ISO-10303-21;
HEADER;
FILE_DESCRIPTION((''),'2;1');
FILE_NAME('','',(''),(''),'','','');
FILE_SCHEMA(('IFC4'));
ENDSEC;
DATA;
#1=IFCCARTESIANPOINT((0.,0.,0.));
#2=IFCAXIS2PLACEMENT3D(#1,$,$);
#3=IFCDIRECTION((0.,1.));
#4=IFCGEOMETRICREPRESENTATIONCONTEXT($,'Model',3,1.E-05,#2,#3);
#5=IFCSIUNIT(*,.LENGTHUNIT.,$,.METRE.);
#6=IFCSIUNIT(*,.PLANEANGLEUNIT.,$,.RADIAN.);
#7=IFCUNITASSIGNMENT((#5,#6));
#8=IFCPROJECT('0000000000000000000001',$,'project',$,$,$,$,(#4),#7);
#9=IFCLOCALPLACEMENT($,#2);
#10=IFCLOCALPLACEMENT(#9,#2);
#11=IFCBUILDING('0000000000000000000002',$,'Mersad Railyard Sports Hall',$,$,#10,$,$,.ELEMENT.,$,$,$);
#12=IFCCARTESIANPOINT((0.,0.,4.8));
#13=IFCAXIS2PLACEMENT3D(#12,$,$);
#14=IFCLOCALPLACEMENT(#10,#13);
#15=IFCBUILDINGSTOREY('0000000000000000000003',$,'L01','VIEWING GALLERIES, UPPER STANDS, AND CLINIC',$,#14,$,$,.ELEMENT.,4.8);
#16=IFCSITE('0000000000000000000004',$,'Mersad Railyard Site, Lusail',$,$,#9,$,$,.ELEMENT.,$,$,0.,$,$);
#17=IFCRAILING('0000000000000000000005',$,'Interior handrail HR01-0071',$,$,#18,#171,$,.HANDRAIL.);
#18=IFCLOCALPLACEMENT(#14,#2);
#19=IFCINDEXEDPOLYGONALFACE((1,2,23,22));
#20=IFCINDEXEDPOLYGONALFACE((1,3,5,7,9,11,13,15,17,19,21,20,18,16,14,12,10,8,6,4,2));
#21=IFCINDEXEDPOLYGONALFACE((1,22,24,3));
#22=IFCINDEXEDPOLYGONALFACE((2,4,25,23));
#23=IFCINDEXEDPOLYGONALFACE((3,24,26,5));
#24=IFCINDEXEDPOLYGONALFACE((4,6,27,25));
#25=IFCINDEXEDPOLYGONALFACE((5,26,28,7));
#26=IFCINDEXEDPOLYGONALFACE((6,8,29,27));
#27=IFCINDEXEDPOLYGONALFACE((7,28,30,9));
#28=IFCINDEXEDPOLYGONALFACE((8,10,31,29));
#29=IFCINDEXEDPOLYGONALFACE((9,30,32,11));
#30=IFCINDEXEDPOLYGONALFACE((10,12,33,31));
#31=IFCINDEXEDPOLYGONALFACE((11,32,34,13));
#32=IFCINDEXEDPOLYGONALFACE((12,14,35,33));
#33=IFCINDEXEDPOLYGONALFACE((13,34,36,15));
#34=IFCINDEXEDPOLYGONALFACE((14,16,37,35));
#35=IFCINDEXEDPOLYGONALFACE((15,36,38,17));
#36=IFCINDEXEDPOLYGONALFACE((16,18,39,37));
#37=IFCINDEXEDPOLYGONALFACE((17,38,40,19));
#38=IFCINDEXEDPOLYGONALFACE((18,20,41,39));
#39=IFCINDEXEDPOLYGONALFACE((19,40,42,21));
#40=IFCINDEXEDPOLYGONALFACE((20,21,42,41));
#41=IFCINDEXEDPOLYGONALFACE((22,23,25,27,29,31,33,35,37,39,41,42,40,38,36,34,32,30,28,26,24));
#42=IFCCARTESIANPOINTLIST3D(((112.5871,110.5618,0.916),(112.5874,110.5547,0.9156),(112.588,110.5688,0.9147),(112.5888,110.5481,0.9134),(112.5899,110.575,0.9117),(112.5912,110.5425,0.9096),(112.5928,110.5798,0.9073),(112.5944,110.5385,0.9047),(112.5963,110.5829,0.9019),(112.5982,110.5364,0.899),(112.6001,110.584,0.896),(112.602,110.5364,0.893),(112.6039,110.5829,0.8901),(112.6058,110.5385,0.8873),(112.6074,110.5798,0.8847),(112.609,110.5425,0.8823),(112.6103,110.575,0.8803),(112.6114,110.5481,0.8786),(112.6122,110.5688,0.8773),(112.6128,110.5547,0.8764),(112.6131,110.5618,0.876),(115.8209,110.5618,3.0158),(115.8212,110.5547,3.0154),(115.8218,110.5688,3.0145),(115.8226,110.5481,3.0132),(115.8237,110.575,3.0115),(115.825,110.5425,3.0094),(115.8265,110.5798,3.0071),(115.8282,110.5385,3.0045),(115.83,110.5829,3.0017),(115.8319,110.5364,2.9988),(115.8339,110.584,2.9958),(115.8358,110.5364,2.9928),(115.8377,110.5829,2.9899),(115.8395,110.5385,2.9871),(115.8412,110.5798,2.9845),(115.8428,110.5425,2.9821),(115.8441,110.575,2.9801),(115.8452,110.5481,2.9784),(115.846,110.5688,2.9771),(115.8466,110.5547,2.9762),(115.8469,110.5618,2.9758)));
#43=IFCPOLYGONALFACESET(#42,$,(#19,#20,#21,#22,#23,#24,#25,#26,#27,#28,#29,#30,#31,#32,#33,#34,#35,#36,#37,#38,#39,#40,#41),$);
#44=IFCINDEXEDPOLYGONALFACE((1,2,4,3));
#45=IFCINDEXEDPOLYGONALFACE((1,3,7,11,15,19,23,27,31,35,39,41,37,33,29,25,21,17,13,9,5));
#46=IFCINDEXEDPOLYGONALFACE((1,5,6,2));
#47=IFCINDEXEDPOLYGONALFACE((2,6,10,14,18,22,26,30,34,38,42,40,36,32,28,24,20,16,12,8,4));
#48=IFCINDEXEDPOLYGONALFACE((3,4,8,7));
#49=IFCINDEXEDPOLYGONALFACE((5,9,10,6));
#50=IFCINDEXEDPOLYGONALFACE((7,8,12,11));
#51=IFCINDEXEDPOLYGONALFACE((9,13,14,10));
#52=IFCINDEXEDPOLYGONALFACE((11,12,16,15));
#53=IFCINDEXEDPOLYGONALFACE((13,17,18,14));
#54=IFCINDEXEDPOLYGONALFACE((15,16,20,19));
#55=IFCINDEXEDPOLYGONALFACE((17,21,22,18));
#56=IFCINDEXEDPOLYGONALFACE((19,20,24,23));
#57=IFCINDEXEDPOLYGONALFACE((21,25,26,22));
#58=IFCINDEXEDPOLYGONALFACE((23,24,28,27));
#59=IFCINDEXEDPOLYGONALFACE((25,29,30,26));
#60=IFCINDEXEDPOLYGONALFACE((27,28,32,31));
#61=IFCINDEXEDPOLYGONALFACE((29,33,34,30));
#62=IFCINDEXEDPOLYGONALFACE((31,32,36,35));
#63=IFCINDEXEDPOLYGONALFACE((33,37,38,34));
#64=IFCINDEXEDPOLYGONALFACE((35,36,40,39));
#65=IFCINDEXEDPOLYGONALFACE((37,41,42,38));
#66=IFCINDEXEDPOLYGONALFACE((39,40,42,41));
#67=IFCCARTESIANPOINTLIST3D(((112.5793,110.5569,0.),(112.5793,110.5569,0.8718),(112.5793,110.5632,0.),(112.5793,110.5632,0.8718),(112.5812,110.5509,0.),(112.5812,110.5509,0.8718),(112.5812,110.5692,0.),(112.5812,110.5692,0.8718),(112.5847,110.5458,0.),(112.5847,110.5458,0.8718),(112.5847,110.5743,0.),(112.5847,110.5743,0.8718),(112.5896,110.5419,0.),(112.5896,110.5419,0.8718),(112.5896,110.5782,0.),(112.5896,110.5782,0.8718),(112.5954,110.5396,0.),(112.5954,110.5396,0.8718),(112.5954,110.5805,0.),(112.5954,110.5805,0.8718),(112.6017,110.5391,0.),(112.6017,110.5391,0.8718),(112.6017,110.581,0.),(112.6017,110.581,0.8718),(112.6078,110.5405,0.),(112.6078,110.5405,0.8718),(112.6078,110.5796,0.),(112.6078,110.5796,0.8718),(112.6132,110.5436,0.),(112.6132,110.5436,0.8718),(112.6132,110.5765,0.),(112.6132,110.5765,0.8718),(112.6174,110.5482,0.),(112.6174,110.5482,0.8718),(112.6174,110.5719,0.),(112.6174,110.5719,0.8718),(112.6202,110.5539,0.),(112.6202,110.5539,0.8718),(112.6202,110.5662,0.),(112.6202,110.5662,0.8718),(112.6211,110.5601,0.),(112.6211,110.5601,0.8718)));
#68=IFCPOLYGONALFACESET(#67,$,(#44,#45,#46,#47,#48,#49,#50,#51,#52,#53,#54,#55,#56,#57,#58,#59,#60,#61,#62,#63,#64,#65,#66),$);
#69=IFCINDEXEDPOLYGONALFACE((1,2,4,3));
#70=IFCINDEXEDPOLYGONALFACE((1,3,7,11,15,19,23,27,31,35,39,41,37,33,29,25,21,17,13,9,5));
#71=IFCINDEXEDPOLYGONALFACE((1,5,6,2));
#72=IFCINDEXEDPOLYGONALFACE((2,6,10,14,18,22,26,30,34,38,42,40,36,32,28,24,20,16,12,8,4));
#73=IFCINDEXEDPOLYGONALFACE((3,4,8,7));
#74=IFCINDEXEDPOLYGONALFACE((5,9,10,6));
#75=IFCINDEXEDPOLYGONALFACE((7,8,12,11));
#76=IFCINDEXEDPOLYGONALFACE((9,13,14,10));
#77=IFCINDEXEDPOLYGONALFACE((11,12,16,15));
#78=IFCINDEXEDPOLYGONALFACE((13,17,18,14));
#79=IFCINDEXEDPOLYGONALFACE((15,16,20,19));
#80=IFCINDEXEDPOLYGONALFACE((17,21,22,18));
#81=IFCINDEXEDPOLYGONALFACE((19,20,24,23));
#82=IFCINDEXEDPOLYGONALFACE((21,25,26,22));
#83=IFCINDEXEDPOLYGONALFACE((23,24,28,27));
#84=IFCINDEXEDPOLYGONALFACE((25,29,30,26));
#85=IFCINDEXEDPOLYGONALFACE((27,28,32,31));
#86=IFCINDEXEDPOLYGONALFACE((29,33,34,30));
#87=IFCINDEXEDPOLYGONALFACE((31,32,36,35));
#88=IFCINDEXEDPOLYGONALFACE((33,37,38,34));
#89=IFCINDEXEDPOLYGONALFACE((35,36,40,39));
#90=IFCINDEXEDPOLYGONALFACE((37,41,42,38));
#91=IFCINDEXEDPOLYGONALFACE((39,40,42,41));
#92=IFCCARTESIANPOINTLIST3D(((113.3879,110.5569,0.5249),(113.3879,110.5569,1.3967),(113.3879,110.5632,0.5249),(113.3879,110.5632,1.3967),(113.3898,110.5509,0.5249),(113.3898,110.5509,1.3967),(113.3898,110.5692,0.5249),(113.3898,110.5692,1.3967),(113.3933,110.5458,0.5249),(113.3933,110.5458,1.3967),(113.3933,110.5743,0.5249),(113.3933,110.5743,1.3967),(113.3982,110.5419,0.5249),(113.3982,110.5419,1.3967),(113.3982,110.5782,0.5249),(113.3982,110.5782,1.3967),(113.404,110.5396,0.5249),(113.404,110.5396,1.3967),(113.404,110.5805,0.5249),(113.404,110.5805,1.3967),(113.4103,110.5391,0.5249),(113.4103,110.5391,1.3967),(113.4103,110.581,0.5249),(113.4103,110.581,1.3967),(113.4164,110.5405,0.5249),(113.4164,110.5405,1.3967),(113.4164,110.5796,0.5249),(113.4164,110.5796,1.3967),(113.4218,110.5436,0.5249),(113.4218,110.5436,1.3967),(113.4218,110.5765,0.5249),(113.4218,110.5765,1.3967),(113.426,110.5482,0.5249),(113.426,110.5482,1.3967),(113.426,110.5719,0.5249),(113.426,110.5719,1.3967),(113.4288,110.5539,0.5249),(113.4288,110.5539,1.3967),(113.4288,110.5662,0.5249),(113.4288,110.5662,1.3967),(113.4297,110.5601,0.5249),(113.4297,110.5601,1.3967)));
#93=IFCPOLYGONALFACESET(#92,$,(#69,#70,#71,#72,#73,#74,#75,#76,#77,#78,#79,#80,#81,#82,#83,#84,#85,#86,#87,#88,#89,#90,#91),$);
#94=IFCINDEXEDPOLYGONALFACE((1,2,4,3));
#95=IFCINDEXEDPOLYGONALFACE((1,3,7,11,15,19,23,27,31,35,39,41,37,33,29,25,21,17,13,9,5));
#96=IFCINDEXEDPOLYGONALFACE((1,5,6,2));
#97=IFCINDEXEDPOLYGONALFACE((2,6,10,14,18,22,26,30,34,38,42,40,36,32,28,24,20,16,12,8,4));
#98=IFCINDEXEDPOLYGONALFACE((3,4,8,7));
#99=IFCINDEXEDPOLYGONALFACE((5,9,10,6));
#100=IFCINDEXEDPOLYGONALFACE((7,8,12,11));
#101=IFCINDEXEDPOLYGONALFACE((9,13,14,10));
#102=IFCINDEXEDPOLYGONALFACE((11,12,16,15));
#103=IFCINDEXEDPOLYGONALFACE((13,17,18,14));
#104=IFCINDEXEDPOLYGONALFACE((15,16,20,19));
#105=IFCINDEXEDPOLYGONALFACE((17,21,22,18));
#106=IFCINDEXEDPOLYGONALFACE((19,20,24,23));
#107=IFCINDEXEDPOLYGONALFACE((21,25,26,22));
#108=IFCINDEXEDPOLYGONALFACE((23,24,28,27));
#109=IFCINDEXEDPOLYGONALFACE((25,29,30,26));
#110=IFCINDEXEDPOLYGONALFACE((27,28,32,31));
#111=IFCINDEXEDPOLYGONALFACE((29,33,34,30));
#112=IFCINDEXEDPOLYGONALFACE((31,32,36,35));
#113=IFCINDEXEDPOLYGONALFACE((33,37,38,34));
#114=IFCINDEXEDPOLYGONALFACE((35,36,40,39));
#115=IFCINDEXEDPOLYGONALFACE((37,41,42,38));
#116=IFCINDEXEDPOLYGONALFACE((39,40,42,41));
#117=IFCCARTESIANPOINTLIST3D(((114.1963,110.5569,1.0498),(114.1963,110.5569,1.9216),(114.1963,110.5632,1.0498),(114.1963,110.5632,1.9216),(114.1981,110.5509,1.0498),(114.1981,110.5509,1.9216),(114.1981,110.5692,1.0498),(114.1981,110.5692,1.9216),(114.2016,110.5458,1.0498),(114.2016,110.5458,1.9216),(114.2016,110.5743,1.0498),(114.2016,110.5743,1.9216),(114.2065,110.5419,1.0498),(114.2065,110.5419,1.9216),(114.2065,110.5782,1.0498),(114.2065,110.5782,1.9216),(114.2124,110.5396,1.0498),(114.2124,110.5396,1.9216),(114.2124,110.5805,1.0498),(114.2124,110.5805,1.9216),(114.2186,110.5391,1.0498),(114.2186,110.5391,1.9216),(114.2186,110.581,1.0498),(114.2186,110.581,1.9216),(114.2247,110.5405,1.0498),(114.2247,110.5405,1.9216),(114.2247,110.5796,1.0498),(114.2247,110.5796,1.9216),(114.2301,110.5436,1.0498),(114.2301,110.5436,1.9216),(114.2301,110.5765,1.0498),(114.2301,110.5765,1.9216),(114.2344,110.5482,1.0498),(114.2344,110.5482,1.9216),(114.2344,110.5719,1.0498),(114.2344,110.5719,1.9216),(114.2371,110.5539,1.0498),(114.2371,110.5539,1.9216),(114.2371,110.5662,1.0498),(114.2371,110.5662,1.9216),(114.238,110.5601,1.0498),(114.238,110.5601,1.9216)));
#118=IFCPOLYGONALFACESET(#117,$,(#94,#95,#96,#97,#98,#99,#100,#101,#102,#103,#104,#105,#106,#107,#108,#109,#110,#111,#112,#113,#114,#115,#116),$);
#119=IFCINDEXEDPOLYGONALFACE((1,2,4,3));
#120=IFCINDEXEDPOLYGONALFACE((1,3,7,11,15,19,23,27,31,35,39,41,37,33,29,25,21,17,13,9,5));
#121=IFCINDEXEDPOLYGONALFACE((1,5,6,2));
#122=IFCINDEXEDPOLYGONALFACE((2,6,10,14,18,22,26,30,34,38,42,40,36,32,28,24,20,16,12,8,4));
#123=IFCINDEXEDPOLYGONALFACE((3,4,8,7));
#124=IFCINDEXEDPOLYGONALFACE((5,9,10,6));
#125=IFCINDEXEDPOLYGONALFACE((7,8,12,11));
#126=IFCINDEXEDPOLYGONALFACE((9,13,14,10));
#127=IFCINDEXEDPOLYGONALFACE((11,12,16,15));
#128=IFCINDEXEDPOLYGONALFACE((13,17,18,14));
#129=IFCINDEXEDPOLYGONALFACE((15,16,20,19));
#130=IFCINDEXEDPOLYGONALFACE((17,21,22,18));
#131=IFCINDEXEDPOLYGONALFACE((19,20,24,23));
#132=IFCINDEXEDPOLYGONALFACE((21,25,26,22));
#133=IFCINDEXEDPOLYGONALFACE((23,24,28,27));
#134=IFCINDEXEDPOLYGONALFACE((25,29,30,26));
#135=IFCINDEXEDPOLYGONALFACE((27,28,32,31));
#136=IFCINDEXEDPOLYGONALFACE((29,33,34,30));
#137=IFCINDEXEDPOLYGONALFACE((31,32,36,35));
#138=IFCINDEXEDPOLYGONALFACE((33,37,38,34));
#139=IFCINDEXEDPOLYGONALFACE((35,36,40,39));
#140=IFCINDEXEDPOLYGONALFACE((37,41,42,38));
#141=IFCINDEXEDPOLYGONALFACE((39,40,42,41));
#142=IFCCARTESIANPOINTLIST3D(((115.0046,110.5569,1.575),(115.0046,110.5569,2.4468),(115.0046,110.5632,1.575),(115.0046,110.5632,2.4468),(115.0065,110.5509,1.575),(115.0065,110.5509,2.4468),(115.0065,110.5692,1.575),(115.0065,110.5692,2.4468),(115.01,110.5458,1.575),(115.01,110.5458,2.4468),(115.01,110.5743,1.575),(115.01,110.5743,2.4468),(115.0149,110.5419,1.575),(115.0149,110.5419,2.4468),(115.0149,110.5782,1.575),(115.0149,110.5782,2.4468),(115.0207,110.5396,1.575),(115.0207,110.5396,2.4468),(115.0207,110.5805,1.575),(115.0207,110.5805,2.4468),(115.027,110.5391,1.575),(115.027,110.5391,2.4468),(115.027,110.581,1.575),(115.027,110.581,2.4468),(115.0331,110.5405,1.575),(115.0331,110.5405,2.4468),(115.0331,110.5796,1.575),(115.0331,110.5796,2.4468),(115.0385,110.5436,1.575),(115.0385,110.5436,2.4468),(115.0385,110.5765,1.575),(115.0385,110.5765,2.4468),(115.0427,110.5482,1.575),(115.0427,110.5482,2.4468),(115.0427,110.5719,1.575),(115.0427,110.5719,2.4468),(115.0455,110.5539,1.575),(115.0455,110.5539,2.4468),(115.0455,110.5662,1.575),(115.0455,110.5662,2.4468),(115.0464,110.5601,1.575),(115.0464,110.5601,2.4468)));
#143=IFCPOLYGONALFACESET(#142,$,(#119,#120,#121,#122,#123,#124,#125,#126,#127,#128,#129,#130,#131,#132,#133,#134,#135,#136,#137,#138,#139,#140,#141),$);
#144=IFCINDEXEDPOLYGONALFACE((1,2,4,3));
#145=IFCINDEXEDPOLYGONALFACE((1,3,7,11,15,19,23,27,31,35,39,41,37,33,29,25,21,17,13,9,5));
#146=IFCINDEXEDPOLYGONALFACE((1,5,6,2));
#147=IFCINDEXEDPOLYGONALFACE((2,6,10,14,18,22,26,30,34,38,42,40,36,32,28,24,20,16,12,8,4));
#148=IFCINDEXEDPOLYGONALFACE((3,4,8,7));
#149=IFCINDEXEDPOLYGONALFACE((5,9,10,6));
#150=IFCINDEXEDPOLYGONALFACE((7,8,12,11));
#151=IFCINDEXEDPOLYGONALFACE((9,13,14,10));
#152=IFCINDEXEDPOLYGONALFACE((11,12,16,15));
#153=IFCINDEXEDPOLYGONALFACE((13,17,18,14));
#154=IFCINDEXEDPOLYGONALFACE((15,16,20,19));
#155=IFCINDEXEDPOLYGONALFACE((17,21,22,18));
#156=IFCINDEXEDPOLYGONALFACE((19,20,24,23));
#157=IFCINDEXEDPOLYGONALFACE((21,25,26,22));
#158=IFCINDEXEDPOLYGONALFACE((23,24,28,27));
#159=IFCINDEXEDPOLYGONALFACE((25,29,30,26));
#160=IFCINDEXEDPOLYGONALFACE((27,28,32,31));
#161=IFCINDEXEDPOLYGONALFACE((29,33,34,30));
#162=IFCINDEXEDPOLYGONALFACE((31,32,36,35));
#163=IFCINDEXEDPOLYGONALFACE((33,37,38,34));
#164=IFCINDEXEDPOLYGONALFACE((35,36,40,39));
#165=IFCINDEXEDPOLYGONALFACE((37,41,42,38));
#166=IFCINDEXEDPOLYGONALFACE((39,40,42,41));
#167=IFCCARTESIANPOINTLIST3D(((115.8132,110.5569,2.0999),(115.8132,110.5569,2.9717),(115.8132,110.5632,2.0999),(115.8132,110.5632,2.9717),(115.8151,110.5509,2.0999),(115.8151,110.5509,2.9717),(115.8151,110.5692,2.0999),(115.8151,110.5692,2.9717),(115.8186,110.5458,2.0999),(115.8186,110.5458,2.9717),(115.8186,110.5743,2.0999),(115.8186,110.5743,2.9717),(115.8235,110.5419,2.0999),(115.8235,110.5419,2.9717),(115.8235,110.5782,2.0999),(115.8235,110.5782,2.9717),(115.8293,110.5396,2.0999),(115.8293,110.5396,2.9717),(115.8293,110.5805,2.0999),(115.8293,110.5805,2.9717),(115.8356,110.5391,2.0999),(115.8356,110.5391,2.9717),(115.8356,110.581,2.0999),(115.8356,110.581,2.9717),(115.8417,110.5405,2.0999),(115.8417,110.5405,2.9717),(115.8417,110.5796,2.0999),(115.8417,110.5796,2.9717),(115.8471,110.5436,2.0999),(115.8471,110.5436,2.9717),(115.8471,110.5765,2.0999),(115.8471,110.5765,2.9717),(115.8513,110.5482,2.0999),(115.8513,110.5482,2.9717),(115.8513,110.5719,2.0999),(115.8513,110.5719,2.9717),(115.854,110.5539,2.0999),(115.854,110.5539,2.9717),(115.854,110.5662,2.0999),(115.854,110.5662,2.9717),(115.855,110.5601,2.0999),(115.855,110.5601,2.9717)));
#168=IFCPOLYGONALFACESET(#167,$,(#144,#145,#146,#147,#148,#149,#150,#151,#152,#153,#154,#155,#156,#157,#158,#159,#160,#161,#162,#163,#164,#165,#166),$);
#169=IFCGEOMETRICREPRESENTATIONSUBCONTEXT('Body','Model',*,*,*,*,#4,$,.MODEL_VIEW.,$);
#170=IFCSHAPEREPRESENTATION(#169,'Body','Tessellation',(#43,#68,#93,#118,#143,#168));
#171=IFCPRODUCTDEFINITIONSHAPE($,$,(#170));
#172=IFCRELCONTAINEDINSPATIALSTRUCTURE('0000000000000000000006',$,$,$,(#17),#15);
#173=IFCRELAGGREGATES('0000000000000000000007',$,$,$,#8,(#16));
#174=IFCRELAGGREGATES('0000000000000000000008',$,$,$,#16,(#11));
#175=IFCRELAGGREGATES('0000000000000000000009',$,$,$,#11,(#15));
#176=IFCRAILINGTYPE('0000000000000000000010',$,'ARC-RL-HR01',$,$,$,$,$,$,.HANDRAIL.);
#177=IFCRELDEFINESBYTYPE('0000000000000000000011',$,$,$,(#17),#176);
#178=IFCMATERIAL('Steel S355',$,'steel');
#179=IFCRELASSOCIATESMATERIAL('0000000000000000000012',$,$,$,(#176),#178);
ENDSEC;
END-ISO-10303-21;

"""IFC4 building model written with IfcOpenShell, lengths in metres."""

from ifc_helpers import new_model, si_unit, direction, frame, origin, origin_2d, place, context, subcontext, project, spatial, circle, extrude, material, type_object, element, save


model = new_model("IFC4")

# Units and contexts
model_context = context("Model", 3, precision=1e-05, world=origin(), true_north=direction((0.0, 1.0)))
body_context = subcontext(model_context, "Body", "Model", "MODEL_VIEW")
ifc_project = project(units=[si_unit("LENGTHUNIT", "METRE"), si_unit("PLANEANGLEUNIT", "RADIAN")], contexts=[model_context])

# Site, building, storey
site_placement = place(None, origin())
site = spatial("IfcSite", under=ifc_project, at=site_placement, Name="Mersad Railyard Site, Lusail", CompositionType="ELEMENT", RefElevation=0.0)
building_placement = place(site_placement, origin())
building = spatial("IfcBuilding", under=site, at=building_placement, Name="Mersad Railyard Sports Hall", CompositionType="ELEMENT")
storey_placement = place(building_placement, frame((0.0, 0.0, 4.8)))
storey = spatial("IfcBuildingStorey", under=building, at=storey_placement, Name="L01", Description="VIEWING GALLERIES, UPPER STANDS, AND CLINIC", CompositionType="ELEMENT", Elevation=4.8)

# Shared definitions
ifc_material_1 = material(Name="Steel S355", Category="steel")

# Railing
railing_type_1 = type_object("IfcRailingType", Name="ARC-RL-HR01", PredefinedType="HANDRAIL", material=ifc_material_1)
railing_1_placement = place(storey_placement, frame((112.6001, 110.5601, 0.0)))
element("IfcRailing", 1, at=railing_1_placement, inside=storey, type_object=railing_type_1, Name="Interior handrail HR01-0071", PredefinedType="HANDRAIL", context=body_context, shape_type="SweptSolid", body=[
    extrude(circle(Radius=0.0239, at=origin_2d()), frame((0.0, 0.0, 0.896), z_axis=(0.838701, 0.0, 0.544592), x_axis=(0.0, 1.0, 0.0)), (0.0, 0.0, 1.0), 3.8557),
    extrude(circle(Radius=0.021, at=origin_2d()), origin(), (0.0, 0.0, 1.0), 0.8718),
    extrude(circle(Radius=0.021, at=origin_2d()), frame((0.8086, 0.0, 0.5249)), (0.0, 0.0, 1.0), 0.8718),
    extrude(circle(Radius=0.021, at=origin_2d()), frame((1.6169, 0.0, 1.0498)), (0.0, 0.0, 1.0), 0.8718),
    extrude(circle(Radius=0.021, at=origin_2d()), frame((2.4253, 0.0, 1.575)), (0.0, 0.0, 1.0), 0.8718),
    extrude(circle(Radius=0.021, at=origin_2d()), frame((3.2339, 0.0, 2.0999)), (0.0, 0.0, 1.0), 0.8718),
])

save(model, "model.ifc")
